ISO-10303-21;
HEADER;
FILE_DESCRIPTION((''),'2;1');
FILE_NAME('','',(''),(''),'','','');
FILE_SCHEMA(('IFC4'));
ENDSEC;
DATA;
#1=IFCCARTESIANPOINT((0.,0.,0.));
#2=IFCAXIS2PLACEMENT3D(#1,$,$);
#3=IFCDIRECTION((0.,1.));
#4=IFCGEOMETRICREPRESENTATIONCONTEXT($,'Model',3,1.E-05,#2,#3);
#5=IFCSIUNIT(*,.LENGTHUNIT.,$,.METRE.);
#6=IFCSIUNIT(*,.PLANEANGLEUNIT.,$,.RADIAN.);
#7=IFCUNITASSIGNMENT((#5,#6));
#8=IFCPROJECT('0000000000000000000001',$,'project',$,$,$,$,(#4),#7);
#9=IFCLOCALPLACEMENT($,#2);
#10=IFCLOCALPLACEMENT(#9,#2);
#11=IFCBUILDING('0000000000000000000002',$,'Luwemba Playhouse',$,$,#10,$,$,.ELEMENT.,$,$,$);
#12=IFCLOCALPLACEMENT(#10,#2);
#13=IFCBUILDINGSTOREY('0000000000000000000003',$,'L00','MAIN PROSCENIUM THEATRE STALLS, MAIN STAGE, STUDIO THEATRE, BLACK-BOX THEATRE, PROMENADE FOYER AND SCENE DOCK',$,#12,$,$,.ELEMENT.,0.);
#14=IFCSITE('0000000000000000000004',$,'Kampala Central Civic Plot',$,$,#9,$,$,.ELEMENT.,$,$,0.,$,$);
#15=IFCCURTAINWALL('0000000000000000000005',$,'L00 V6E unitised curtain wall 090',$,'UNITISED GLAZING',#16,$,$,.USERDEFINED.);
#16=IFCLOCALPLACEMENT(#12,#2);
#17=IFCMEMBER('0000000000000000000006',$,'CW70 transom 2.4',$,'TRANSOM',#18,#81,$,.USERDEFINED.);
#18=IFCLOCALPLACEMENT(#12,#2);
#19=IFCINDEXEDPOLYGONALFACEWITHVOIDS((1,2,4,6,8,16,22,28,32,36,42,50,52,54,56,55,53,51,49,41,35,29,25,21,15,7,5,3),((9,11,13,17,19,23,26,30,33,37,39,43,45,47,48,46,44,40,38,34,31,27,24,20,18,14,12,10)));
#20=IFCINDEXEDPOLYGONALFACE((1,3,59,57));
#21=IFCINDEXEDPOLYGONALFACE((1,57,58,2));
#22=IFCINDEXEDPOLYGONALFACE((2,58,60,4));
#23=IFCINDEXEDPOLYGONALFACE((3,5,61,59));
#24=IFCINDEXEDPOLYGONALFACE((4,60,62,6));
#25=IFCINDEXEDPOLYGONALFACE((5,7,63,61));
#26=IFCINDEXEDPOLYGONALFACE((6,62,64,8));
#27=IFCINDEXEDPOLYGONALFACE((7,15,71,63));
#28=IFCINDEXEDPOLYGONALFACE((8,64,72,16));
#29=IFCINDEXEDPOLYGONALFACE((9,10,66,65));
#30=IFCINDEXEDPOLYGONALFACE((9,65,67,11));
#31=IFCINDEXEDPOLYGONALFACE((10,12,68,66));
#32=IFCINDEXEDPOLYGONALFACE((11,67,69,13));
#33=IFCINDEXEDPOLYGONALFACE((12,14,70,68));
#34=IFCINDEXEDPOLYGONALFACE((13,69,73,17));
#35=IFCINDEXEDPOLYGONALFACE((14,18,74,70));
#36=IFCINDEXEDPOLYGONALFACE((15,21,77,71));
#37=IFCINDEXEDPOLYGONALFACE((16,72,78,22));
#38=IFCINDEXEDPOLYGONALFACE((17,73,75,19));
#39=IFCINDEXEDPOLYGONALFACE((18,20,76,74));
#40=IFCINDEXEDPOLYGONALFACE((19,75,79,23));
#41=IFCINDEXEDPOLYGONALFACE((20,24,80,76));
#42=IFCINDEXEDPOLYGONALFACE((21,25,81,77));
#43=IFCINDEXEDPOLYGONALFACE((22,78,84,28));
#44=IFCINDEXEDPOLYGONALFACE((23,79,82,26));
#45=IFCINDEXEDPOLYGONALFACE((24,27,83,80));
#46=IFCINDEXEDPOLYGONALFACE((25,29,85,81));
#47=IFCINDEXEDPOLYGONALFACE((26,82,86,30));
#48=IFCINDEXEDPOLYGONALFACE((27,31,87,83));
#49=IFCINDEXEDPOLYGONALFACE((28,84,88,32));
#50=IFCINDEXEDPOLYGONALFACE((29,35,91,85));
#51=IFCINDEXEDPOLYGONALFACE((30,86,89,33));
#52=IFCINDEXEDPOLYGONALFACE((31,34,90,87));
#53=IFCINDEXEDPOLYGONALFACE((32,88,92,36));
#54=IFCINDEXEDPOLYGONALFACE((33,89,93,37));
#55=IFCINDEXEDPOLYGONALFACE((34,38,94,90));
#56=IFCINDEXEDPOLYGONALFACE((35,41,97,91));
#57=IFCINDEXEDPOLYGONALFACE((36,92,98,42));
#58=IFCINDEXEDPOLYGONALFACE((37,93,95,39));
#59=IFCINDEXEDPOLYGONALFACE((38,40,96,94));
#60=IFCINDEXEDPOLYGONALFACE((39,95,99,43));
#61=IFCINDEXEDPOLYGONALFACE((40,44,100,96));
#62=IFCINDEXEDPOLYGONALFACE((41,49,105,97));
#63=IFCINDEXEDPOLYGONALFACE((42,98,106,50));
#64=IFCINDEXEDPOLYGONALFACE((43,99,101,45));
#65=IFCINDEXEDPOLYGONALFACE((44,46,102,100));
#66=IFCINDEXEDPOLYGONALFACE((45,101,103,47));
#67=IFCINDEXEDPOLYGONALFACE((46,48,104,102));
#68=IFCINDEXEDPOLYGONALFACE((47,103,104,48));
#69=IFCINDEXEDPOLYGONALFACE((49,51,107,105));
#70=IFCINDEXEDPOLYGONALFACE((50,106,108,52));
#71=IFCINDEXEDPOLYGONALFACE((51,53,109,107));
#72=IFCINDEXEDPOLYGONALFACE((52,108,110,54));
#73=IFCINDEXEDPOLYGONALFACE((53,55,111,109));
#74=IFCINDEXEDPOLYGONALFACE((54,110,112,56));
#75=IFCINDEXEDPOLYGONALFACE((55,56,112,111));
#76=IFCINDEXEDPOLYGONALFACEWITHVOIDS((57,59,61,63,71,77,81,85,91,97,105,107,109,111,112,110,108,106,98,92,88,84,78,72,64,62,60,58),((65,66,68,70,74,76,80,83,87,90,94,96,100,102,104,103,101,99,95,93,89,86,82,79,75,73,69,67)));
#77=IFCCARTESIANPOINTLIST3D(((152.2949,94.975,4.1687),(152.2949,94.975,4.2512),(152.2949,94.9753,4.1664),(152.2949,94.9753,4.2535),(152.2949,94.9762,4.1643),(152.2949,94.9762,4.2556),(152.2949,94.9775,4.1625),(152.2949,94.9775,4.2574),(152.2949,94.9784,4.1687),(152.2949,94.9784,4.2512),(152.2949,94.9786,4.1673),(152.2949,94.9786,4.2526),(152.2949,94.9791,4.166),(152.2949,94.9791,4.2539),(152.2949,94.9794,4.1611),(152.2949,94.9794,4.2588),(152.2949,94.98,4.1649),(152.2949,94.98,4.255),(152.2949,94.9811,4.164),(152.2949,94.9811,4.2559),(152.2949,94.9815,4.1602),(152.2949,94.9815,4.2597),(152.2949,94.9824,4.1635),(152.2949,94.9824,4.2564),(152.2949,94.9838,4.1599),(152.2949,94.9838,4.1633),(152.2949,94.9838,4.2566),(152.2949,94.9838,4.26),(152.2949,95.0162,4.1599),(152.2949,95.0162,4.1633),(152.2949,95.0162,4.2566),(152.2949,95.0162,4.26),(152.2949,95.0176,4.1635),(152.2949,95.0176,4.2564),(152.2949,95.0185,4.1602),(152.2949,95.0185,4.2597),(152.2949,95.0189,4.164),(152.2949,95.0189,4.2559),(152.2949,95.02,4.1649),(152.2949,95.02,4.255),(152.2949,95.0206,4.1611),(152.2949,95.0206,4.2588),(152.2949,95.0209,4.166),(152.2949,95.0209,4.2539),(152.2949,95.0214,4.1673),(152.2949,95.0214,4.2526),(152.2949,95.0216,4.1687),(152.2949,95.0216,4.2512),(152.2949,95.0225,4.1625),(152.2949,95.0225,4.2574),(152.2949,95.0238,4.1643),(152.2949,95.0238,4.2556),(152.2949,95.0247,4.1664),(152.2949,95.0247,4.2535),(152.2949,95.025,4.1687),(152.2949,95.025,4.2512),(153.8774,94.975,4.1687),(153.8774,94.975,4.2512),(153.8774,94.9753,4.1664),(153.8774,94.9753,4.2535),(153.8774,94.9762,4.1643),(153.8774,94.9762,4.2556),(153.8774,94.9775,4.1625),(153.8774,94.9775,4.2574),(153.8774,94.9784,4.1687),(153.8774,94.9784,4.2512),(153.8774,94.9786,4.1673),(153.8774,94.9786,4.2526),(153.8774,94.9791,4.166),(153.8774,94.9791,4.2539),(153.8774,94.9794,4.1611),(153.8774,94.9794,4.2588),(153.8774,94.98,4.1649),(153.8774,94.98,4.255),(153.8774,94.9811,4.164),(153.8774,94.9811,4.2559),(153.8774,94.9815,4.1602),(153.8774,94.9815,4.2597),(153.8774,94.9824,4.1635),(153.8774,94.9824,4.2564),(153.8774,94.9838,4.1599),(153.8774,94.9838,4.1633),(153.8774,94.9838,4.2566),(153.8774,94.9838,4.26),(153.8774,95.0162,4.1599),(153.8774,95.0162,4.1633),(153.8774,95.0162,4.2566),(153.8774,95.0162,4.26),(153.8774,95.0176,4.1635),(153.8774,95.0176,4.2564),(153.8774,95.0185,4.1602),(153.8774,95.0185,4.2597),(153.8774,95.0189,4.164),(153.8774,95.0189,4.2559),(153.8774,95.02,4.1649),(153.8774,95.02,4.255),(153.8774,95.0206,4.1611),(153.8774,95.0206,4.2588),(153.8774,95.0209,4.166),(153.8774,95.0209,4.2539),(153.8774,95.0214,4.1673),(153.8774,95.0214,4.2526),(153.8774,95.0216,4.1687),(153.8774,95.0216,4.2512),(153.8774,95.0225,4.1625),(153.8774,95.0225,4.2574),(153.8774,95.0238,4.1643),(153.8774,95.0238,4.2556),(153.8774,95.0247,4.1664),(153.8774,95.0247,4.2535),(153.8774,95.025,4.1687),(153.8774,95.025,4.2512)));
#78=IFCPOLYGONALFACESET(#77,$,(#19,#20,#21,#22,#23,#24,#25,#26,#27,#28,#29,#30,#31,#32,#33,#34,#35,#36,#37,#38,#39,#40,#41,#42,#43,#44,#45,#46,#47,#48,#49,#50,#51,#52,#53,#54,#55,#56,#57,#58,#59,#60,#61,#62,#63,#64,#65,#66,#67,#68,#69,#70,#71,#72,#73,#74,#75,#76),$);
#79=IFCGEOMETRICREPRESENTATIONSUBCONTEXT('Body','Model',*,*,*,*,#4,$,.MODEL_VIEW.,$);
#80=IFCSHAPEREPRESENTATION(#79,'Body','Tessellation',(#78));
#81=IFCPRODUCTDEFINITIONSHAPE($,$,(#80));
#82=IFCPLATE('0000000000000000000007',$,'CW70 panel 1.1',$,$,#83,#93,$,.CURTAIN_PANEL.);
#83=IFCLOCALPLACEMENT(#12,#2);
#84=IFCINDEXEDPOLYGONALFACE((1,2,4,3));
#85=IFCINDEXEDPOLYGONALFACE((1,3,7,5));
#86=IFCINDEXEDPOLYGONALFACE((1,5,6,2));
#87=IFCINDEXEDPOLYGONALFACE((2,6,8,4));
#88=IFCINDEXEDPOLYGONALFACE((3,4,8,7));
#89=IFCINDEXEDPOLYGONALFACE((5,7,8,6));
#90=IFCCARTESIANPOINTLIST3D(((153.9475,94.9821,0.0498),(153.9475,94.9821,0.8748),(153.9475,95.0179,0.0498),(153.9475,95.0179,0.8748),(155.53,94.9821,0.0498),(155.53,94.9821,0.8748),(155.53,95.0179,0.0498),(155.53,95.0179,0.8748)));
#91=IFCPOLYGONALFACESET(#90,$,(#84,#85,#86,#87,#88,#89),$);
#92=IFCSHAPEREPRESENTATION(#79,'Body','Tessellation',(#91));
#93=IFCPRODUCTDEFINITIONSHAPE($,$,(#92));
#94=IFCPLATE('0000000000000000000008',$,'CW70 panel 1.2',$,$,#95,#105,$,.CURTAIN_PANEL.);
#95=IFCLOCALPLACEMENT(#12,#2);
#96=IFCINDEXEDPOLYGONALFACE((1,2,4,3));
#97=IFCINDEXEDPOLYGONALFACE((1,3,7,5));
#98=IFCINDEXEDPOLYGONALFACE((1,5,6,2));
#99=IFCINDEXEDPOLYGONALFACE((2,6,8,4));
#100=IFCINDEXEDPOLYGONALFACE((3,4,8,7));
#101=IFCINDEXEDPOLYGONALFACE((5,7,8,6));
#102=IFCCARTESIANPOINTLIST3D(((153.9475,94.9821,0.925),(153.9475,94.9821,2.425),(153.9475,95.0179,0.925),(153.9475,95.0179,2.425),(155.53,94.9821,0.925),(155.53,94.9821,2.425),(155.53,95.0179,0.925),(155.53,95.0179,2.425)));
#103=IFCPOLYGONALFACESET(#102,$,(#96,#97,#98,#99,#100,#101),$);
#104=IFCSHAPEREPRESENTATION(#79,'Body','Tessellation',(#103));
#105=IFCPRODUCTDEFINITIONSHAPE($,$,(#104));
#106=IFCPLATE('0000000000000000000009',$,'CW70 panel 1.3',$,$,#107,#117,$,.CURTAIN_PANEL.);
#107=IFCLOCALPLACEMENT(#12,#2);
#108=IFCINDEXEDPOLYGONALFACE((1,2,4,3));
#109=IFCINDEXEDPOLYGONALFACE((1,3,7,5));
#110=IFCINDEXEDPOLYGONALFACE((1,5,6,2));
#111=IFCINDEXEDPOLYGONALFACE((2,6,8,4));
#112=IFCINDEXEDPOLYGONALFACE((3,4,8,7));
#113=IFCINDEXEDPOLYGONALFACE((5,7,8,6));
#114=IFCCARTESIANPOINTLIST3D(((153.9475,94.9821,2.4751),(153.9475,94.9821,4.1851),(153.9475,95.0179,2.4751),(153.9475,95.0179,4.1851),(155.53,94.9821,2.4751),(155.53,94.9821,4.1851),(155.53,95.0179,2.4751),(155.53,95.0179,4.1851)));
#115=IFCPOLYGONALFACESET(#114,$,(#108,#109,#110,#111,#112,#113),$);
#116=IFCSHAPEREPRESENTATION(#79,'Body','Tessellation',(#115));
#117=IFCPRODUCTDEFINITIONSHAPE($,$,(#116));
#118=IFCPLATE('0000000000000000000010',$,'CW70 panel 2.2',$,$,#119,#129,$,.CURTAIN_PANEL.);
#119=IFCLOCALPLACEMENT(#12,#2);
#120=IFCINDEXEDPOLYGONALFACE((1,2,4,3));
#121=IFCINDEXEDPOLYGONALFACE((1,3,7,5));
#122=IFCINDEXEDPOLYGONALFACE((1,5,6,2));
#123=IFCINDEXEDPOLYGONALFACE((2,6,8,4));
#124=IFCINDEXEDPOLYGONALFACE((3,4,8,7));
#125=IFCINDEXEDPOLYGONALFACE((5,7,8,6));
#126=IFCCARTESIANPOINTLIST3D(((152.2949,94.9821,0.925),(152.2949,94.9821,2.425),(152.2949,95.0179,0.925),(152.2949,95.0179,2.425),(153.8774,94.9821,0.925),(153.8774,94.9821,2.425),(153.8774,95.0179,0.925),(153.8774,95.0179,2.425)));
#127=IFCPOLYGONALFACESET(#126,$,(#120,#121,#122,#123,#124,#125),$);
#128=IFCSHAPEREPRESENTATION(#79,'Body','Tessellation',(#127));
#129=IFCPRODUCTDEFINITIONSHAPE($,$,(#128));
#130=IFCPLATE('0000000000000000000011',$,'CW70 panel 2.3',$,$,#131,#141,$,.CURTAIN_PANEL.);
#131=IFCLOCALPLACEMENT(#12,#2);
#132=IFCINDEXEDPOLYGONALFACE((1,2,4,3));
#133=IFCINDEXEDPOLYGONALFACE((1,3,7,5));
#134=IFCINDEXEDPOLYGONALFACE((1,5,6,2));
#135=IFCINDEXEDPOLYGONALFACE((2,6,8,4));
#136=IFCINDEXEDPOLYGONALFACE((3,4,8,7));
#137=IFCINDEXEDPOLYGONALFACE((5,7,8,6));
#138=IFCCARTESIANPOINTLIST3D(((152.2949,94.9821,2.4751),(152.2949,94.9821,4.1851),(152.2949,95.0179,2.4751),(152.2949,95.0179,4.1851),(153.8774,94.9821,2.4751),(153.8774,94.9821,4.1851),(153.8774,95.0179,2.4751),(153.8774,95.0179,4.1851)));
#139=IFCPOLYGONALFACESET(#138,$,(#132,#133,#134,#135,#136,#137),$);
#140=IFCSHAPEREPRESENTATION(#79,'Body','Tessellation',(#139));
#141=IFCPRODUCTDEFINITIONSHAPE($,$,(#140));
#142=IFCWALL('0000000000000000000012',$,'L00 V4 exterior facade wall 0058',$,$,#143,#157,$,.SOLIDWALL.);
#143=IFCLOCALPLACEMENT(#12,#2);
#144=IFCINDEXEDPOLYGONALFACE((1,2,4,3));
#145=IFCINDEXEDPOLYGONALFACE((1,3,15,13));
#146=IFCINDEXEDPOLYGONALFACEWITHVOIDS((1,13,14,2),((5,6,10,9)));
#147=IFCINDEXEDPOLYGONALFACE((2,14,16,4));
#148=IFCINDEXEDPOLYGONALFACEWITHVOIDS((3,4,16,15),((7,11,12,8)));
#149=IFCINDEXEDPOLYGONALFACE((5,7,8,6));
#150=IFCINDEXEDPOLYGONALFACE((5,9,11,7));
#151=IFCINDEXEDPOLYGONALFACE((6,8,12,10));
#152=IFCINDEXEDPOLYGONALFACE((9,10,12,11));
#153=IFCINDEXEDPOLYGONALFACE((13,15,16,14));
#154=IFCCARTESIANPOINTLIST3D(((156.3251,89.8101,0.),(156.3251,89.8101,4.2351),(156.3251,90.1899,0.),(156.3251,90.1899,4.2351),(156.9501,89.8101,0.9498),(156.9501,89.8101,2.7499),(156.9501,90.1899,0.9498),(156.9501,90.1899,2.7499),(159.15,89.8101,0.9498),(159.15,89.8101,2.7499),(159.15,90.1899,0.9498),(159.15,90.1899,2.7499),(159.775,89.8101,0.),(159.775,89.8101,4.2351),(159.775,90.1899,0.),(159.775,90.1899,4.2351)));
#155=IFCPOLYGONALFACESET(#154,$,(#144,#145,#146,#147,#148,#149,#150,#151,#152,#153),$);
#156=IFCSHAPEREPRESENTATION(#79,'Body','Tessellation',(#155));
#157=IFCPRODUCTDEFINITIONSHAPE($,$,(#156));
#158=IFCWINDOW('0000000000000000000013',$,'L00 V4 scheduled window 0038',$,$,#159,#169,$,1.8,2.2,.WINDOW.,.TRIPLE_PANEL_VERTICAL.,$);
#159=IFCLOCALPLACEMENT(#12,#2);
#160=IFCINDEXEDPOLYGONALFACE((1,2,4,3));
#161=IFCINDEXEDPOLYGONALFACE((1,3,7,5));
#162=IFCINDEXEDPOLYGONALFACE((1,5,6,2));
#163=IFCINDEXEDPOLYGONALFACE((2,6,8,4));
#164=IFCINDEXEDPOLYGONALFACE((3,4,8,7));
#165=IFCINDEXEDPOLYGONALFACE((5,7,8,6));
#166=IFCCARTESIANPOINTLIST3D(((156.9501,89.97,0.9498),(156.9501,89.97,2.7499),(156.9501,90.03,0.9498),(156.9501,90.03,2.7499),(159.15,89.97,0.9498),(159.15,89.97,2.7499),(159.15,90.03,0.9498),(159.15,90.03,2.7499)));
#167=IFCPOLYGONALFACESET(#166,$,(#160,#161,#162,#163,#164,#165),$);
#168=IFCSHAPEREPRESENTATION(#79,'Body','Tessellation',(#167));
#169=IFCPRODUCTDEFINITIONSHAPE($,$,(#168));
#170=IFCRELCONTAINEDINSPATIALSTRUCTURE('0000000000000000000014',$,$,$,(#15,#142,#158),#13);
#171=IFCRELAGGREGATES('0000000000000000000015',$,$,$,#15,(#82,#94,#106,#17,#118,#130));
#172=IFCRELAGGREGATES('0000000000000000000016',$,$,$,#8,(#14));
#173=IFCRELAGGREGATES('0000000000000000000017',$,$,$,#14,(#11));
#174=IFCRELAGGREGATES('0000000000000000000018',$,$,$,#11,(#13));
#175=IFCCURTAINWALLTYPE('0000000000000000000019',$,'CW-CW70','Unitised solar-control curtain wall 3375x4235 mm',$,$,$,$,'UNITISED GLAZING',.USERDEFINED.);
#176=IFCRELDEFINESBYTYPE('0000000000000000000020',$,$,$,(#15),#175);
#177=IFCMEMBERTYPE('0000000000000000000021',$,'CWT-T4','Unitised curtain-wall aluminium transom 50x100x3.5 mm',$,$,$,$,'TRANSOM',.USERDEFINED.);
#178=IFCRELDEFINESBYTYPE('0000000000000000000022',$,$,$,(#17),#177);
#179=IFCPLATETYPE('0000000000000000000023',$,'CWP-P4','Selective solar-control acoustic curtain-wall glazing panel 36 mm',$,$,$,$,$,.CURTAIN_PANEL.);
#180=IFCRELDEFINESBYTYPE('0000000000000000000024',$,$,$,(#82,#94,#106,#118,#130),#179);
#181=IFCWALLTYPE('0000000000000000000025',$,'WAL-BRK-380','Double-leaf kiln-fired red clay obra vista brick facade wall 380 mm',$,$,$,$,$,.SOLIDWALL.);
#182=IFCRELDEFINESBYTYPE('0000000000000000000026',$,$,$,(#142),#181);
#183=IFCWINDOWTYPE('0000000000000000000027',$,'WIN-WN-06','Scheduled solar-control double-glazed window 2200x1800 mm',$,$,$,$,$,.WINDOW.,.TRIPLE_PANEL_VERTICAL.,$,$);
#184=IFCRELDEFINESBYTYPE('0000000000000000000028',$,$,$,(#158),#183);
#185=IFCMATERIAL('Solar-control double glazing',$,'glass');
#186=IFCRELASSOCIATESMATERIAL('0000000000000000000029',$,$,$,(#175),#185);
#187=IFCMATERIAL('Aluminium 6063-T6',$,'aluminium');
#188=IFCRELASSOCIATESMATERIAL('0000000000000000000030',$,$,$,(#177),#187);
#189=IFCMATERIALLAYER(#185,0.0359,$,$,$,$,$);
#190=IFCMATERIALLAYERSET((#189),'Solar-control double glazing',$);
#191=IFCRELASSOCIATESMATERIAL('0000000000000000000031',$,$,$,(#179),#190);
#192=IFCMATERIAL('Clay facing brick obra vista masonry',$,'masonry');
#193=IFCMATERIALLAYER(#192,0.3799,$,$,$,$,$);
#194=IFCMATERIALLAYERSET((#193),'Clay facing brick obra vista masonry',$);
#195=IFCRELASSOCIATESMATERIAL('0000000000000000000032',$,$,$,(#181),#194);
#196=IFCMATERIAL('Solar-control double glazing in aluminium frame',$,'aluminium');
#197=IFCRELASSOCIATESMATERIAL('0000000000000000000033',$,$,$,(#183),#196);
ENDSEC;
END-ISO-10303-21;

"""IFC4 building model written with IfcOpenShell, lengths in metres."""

from ifc_helpers import new_model, si_unit, direction, frame, frame_2d, origin, origin_2d, place, context, subcontext, project, spatial, rectangle, hollow_rectangle, extrude, material, layer, layer_set, material_profile, profile_set, type_object, element, fill, aggregate, save


model = new_model("IFC4")

# Units and contexts
model_context = context("Model", 3, precision=1e-05, world=origin(), true_north=direction((0.0, 1.0)))
body_context = subcontext(model_context, "Body", "Model", "MODEL_VIEW")
ifc_project = project(units=[si_unit("LENGTHUNIT", "METRE"), si_unit("PLANEANGLEUNIT", "RADIAN")], contexts=[model_context])

# Site, building, storey
site_placement = place(None, origin())
site = spatial("IfcSite", under=ifc_project, at=site_placement, Name="Kampala Central Civic Plot", CompositionType="ELEMENT", RefElevation=0.0)
building_placement = place(site_placement, origin())
building = spatial("IfcBuilding", under=site, at=building_placement, Name="Luwemba Playhouse", CompositionType="ELEMENT")
storey_placement = place(building_placement, origin())
storey = spatial("IfcBuildingStorey", under=building, at=storey_placement, Name="L00", Description="MAIN PROSCENIUM THEATRE STALLS, MAIN STAGE, STUDIO THEATRE, BLACK-BOX THEATRE, PROMENADE FOYER AND SCENE DOCK", CompositionType="ELEMENT", Elevation=0.0)

# Shared definitions
ifc_material_1 = material(Name="Solar-control double glazing", Category="glass")
ifc_material_2 = material(Name="Aluminium 6063-T6", Category="aluminium")

# Curtain wall, member, plates
curtain_wall_type_1 = type_object("IfcCurtainWallType", Name="CW-CW70", Description="Unitised solar-control curtain wall 3375x4235 mm", ElementType="UNITISED GLAZING", PredefinedType="USERDEFINED", material=ifc_material_1)
curtain_wall_1_placement = place(storey_placement, origin())
curtain_wall_1 = element("IfcCurtainWall", 1, at=curtain_wall_1_placement, inside=storey, type_object=curtain_wall_type_1, Name="L00 V6E unitised curtain wall 090", ObjectType="UNITISED GLAZING", PredefinedType="USERDEFINED")
ifc_material_profile_1 = material_profile(ifc_material_2, hollow_rectangle(XDim=0.05, YDim=0.1001, WallThickness=0.0034, InnerFilletRadius=0.0054, OuterFilletRadius=0.0088, at=origin_2d()))
ifc_profile_set_1 = profile_set([ifc_material_profile_1], Name="Aluminium 6063-T6")
member_type_1 = type_object("IfcMemberType", Name="CWT-T4", Description="Unitised curtain-wall aluminium transom 50x100x3.5 mm", ElementType="TRANSOM", PredefinedType="USERDEFINED", material=ifc_profile_set_1)
member_1_placement = place(storey_placement, frame((153.8774, 95.0, 4.21), z_axis=(-1.0, 0.0, 0.0), x_axis=(0.0, -1.0, 0.0)))
member_1 = element("IfcMember", 2, at=member_1_placement, type_object=member_type_1, Name="CW70 transom 2.4", ObjectType="TRANSOM", PredefinedType="USERDEFINED", context=body_context, shape_type="SweptSolid", body=[
    extrude(hollow_rectangle(XDim=0.05, YDim=0.1001, WallThickness=0.0034, InnerFilletRadius=0.0054, OuterFilletRadius=0.0088, at=origin_2d()), origin(), (0.0, 0.0, 1.0), 1.5825),
])
ifc_layer_1 = layer(ifc_material_1, 0.0359)
ifc_layer_set_1 = layer_set([ifc_layer_1], Name="Solar-control double glazing")
plate_type = type_object("IfcPlateType", Name="CWP-P4", Description="Selective solar-control acoustic curtain-wall glazing panel 36 mm", PredefinedType="CURTAIN_PANEL", material=ifc_layer_set_1)
plate_1_placement = place(storey_placement, frame((154.7388, 95.0, 0.0498), z_axis=(0.0, 0.0, 1.0), x_axis=(-1.0, 0.0, 0.0)))
plate_1 = element("IfcPlate", 3, at=plate_1_placement, type_object=plate_type, Name="CW70 panel 1.1", PredefinedType="CURTAIN_PANEL", context=body_context, shape_type="SweptSolid", body=[
    extrude(rectangle(XDim=1.5825, YDim=0.0359, at=origin_2d()), origin(), (0.0, 0.0, 1.0), 0.825),
])
plate_2_placement = place(storey_placement, frame((154.7388, 95.0, 0.925), z_axis=(0.0, 0.0, 1.0), x_axis=(-1.0, 0.0, 0.0)))
plate_2 = element("IfcPlate", 4, at=plate_2_placement, type_object=plate_type, Name="CW70 panel 1.2", PredefinedType="CURTAIN_PANEL", context=body_context, shape_type="SweptSolid", body=[
    extrude(rectangle(XDim=1.5825, YDim=0.0359, at=origin_2d()), origin(), (0.0, 0.0, 1.0), 1.5),
])
plate_3_placement = place(storey_placement, frame((154.7388, 95.0, 2.4751), z_axis=(0.0, 0.0, 1.0), x_axis=(-1.0, 0.0, 0.0)))
plate_3 = element("IfcPlate", 5, at=plate_3_placement, type_object=plate_type, Name="CW70 panel 1.3", PredefinedType="CURTAIN_PANEL", context=body_context, shape_type="SweptSolid", body=[
    extrude(rectangle(XDim=1.5825, YDim=0.0359, at=origin_2d()), origin(), (0.0, 0.0, 1.0), 1.71),
])
plate_4_placement = place(storey_placement, frame((153.0862, 95.0, 0.925), z_axis=(0.0, 0.0, 1.0), x_axis=(-1.0, 0.0, 0.0)))
plate_4 = element("IfcPlate", 6, at=plate_4_placement, type_object=plate_type, Name="CW70 panel 2.2", PredefinedType="CURTAIN_PANEL", context=body_context, shape_type="SweptSolid", body=[
    extrude(rectangle(XDim=1.5825, YDim=0.0359, at=origin_2d()), origin(), (0.0, 0.0, 1.0), 1.5),
])
plate_5_placement = place(storey_placement, frame((153.0862, 95.0, 2.4751), z_axis=(0.0, 0.0, 1.0), x_axis=(-1.0, 0.0, 0.0)))
plate_5 = element("IfcPlate", 7, at=plate_5_placement, type_object=plate_type, Name="CW70 panel 2.3", PredefinedType="CURTAIN_PANEL", context=body_context, shape_type="SweptSolid", body=[
    extrude(rectangle(XDim=1.5825, YDim=0.0359, at=origin_2d()), origin(), (0.0, 0.0, 1.0), 1.71),
])
aggregate(curtain_wall_1, [plate_1, plate_2, plate_3, member_1, plate_4, plate_5])

# Wall, opening, window
ifc_material_3 = material(Name="Clay facing brick obra vista masonry", Category="masonry")
ifc_layer_2 = layer(ifc_material_3, 0.3799)
ifc_layer_set_2 = layer_set([ifc_layer_2], Name="Clay facing brick obra vista masonry")
wall_type_1 = type_object("IfcWallType", Name="WAL-BRK-380", Description="Double-leaf kiln-fired red clay obra vista brick facade wall 380 mm", PredefinedType="SOLIDWALL", material=ifc_layer_set_2)
wall_1_placement = place(storey_placement, frame((156.325, 90.0, 0.0), z_axis=(0.0, 0.0, 1.0), x_axis=(1.0, 0.0, 0.0)))
wall_1 = element("IfcWall", 8, at=wall_1_placement, inside=storey, type_object=wall_type_1, Name="L00 V4 exterior facade wall 0058", PredefinedType="SOLIDWALL", context=body_context, shape_type="SweptSolid", body=[
    extrude(rectangle(XDim=3.45, YDim=0.3799, at=frame_2d((1.7251, 0.0))), origin(), (0.0, 0.0, 1.0), 4.2351),
])
opening_1_placement = place(wall_1_placement, frame((0.625, 0.0, 0.95)))
opening_1 = element("IfcOpeningElement", 9, at=opening_1_placement, cuts=wall_1, PredefinedType="OPENING", context=body_context, shape_type="SweptSolid", body=[
    extrude(rectangle(XDim=2.2, YDim=1.8, at=frame_2d((1.1001, 0.8999))), frame((0.0, 0.2, 0.0), z_axis=(0.0, -1.0, 0.0), x_axis=(1.0, 0.0, 0.0)), (0.0, 0.0, 1.0), 0.3999),
])
ifc_material_4 = material(Name="Solar-control double glazing in aluminium frame", Category="aluminium")
window_type_1 = type_object("IfcWindowType", Name="WIN-WN-06", Description="Scheduled solar-control double-glazed window 2200x1800 mm", PartitioningType="TRIPLE_PANEL_VERTICAL", PredefinedType="WINDOW", material=ifc_material_4)
window_1_placement = place(opening_1_placement, origin())
window_1 = element("IfcWindow", 10, at=window_1_placement, inside=storey, type_object=window_type_1, Name="L00 V4 scheduled window 0038", OverallHeight=1.8, OverallWidth=2.2, PartitioningType="TRIPLE_PANEL_VERTICAL", PredefinedType="WINDOW", context=body_context, shape_type="SweptSolid", body=[
    extrude(rectangle(XDim=2.2, YDim=1.8, at=frame_2d((1.1001, 0.8999))), frame((0.0, 0.03, 0.0), z_axis=(0.0, -1.0, 0.0), x_axis=(1.0, 0.0, 0.0)), (0.0, 0.0, 1.0), 0.0601),
])
fill(opening_1, window_1)

save(model, "model.ifc")
